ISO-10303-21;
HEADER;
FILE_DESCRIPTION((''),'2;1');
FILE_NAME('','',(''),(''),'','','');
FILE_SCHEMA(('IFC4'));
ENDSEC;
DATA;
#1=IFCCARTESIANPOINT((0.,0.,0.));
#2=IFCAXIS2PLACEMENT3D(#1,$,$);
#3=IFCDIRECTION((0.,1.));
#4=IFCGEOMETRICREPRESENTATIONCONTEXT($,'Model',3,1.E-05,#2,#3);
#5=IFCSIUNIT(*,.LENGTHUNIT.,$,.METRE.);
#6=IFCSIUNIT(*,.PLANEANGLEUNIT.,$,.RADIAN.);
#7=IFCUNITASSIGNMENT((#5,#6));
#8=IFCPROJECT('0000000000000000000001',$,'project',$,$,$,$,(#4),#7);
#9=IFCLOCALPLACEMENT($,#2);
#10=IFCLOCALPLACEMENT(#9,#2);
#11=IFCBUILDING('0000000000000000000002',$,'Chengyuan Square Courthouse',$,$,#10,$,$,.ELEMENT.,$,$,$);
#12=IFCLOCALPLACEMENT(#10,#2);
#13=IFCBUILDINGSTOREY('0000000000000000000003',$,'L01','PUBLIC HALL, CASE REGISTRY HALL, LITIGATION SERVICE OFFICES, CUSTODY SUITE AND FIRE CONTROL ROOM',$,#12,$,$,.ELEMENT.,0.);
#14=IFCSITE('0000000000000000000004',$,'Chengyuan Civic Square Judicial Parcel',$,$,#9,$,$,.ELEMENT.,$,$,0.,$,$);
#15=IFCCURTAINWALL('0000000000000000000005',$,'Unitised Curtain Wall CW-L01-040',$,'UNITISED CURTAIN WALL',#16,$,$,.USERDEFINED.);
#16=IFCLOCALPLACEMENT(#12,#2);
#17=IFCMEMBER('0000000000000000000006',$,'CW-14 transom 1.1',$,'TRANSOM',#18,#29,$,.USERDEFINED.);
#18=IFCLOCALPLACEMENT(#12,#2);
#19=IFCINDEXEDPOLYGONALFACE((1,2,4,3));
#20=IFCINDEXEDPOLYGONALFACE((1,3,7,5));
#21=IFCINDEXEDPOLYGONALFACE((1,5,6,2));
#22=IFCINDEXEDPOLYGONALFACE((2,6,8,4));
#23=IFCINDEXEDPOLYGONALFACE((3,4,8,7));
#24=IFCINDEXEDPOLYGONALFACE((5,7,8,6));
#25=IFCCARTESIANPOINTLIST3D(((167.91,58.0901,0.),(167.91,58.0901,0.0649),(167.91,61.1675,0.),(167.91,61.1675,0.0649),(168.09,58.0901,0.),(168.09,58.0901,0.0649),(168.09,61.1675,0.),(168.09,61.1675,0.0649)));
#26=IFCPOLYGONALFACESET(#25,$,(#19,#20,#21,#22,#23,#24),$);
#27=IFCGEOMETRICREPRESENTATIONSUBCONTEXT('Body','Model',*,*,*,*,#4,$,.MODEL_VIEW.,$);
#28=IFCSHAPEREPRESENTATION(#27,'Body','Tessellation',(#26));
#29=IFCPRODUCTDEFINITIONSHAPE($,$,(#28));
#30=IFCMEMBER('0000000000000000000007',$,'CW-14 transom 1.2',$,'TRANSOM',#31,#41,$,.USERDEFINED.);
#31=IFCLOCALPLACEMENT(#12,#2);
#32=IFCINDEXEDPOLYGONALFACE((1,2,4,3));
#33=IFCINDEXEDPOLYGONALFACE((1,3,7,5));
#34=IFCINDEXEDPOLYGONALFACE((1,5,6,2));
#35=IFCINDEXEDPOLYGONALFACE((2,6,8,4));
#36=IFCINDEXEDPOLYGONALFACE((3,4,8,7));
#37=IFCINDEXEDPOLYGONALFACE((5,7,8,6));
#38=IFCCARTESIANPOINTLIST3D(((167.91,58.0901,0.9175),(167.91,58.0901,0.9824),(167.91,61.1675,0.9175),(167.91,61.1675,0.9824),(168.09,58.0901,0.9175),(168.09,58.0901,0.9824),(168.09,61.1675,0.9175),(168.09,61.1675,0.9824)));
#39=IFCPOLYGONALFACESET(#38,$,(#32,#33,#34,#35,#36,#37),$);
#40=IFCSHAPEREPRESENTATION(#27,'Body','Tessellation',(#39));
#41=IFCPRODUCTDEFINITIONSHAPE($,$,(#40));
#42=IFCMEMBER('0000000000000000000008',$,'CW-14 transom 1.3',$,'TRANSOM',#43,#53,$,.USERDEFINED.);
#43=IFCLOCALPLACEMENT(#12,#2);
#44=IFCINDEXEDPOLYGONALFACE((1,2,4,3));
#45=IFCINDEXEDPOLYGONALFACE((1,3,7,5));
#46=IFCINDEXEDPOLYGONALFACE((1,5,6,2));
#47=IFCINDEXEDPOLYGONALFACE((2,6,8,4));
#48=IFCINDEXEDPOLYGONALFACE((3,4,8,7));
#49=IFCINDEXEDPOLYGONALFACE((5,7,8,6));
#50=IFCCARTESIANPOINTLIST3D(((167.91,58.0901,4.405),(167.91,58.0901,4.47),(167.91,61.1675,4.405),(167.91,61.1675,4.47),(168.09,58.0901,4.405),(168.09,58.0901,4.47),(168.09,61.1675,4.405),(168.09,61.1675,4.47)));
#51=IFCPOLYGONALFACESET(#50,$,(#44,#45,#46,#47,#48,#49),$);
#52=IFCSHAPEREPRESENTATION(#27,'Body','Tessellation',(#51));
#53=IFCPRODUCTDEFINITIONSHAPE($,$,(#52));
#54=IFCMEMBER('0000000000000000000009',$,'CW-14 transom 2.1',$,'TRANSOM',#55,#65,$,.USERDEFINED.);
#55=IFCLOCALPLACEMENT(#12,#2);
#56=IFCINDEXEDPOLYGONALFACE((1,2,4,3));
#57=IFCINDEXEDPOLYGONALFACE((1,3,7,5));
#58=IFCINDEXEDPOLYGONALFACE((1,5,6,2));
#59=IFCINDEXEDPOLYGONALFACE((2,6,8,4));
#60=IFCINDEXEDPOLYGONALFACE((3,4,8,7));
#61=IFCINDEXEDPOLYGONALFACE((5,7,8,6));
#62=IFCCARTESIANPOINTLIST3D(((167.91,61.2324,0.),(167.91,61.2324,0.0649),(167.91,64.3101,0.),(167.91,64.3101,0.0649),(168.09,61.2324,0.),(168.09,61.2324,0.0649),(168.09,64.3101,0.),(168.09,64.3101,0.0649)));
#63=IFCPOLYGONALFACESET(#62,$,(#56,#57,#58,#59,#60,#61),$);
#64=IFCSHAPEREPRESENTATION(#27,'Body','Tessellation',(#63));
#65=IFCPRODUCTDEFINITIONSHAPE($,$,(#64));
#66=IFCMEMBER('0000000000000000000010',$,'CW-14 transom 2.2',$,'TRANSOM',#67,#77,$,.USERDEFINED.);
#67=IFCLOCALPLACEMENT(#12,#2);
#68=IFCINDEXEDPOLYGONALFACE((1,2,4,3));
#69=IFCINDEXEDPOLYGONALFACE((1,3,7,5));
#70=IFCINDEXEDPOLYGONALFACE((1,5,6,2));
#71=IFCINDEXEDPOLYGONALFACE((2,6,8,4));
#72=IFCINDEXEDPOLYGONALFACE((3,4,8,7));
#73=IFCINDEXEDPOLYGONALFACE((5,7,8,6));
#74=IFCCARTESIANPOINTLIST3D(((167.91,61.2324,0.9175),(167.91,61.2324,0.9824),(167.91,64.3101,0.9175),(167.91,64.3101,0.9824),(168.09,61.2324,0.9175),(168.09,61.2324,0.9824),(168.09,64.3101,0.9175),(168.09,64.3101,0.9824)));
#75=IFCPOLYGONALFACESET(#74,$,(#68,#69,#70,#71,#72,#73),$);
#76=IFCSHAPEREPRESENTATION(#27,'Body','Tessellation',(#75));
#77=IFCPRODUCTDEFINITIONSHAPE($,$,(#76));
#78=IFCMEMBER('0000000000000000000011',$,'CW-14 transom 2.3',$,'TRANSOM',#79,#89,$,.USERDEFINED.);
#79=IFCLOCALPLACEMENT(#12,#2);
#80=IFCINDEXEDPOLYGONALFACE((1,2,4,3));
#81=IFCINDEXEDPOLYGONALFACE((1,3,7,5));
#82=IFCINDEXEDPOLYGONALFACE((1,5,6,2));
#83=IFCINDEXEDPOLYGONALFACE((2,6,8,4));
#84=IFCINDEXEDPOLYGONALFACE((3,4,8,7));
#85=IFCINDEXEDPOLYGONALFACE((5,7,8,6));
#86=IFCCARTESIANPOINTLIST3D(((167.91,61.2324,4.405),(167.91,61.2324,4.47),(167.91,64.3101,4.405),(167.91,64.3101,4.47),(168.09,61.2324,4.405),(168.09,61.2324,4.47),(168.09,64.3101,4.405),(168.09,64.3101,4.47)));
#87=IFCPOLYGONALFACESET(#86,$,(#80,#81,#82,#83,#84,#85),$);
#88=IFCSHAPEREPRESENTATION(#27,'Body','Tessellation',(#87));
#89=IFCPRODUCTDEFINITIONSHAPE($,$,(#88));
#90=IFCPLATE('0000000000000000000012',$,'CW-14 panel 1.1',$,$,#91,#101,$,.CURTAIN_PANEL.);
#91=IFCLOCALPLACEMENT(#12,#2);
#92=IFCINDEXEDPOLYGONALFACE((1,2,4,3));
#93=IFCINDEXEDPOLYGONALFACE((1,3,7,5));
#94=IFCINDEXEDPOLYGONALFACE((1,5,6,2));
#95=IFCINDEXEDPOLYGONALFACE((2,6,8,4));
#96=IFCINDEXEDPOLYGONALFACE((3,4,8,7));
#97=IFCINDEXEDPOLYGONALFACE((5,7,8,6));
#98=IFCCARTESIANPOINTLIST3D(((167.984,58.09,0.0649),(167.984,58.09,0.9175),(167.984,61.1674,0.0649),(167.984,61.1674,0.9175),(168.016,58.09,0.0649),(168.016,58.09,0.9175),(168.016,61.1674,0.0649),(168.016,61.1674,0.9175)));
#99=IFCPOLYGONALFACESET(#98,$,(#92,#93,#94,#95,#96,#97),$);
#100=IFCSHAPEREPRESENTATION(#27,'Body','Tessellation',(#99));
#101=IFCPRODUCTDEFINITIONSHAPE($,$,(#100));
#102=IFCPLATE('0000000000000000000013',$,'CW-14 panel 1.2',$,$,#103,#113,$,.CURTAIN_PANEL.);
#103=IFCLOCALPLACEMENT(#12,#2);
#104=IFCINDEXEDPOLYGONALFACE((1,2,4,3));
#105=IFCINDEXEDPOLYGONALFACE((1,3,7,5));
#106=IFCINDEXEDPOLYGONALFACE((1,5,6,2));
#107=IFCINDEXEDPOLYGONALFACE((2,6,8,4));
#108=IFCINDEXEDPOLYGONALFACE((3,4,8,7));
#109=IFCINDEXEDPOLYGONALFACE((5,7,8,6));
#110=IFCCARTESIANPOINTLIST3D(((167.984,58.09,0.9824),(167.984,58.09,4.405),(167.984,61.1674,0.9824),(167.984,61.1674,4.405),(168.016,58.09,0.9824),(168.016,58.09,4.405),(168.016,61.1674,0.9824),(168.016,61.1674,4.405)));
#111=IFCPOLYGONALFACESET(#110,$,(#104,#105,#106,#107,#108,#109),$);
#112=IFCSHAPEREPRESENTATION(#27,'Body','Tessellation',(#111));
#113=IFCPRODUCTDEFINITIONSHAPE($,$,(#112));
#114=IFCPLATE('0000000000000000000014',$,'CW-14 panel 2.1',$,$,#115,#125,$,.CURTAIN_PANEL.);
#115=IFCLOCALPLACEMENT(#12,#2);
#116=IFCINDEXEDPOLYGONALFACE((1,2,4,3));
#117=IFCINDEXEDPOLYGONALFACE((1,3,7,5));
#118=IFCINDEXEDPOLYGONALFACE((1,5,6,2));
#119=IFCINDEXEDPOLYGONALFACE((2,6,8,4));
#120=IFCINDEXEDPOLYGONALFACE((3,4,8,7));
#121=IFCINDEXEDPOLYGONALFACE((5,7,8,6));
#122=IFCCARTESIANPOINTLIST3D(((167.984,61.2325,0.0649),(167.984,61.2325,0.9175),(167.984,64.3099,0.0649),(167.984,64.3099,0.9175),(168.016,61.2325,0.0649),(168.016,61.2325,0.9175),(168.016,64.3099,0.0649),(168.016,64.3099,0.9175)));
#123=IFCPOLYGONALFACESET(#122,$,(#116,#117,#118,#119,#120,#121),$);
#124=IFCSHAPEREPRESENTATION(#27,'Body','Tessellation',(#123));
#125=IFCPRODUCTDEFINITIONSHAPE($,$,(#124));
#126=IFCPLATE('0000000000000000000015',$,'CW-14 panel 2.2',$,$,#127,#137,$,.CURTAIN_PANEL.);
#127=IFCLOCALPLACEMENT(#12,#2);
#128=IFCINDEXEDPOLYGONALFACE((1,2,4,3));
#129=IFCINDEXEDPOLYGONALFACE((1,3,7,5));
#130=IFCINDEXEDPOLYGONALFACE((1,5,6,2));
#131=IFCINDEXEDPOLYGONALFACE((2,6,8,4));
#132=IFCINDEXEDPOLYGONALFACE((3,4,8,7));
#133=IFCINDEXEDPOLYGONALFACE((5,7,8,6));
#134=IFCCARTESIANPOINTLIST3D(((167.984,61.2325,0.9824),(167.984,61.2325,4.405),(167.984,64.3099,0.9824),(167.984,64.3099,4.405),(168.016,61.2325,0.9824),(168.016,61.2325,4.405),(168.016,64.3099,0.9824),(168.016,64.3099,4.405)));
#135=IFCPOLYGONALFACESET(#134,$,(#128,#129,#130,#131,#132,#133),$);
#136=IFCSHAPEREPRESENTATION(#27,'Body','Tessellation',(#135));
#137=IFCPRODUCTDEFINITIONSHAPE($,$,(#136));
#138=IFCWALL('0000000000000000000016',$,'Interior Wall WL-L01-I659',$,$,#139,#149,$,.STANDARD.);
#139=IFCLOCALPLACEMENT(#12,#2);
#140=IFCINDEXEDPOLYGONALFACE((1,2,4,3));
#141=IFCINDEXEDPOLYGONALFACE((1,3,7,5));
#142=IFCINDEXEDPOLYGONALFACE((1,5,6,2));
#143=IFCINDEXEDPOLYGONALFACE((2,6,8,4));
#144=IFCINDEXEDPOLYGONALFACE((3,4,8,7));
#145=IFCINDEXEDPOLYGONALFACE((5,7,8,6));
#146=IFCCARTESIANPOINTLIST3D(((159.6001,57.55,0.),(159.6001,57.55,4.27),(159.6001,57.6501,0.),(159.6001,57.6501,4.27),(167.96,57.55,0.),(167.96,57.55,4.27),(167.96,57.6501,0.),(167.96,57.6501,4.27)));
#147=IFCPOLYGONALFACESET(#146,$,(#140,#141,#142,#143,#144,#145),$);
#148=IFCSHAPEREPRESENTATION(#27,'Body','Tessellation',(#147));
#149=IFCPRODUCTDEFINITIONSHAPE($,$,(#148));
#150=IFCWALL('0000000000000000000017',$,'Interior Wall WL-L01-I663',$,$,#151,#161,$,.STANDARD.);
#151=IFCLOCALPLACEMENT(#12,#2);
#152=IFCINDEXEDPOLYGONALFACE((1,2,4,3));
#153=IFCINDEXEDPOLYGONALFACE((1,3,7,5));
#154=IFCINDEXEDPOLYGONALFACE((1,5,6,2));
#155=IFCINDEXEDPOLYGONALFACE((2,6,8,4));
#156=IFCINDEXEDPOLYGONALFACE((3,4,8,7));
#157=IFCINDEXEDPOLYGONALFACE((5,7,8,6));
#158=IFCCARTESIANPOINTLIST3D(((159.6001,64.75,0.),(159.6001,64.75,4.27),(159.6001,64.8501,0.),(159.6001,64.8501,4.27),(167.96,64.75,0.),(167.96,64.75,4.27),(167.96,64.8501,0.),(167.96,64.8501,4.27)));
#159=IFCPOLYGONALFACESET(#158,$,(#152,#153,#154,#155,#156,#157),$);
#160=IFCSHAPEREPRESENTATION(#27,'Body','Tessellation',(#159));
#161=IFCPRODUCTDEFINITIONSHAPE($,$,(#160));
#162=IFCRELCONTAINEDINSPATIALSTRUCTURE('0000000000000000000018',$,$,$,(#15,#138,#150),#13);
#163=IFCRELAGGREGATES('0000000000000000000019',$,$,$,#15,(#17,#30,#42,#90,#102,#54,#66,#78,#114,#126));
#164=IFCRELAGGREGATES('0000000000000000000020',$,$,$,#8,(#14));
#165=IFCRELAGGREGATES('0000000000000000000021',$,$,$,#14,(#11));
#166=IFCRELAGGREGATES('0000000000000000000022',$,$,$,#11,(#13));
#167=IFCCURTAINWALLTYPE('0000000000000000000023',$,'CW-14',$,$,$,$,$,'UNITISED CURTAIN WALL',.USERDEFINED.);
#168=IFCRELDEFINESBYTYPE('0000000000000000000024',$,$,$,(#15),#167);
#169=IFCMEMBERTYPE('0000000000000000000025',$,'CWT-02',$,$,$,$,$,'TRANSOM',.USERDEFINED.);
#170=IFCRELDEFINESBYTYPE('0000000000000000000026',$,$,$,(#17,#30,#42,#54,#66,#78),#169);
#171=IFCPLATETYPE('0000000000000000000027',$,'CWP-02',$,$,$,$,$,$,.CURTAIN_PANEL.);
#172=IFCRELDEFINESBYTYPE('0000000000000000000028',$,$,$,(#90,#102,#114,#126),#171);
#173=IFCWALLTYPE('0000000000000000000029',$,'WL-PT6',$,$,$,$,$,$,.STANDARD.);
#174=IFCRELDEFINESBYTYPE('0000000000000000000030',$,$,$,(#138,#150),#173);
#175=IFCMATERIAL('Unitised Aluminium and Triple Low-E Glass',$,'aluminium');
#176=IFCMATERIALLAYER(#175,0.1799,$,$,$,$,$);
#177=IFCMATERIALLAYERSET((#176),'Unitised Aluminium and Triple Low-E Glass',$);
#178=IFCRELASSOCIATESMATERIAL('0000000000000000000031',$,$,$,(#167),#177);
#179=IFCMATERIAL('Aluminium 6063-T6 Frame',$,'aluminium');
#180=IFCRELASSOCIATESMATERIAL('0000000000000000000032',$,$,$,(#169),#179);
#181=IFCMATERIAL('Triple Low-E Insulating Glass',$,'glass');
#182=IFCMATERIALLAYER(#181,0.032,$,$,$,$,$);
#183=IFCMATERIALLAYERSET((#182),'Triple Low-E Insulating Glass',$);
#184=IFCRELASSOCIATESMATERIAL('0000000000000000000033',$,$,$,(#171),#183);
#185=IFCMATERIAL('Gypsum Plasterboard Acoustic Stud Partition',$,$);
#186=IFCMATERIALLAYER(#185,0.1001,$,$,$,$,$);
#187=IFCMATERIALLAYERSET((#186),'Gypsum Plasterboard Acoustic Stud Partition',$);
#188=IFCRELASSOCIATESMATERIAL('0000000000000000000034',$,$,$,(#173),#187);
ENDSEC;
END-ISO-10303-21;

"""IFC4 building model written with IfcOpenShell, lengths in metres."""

from ifc_helpers import new_model, si_unit, direction, frame, frame_2d, origin, origin_2d, place, context, subcontext, project, spatial, rectangle, extrude, material, layer, layer_set, material_profile, profile_set, type_object, element, aggregate, save


model = new_model("IFC4")

# Units and contexts
model_context = context("Model", 3, precision=1e-05, world=origin(), true_north=direction((0.0, 1.0)))
body_context = subcontext(model_context, "Body", "Model", "MODEL_VIEW")
ifc_project = project(units=[si_unit("LENGTHUNIT", "METRE"), si_unit("PLANEANGLEUNIT", "RADIAN")], contexts=[model_context])

# Site, building, storey
site_placement = place(None, origin())
site = spatial("IfcSite", under=ifc_project, at=site_placement, Name="Chengyuan Civic Square Judicial Parcel", CompositionType="ELEMENT", RefElevation=0.0)
building_placement = place(site_placement, origin())
building = spatial("IfcBuilding", under=site, at=building_placement, Name="Chengyuan Square Courthouse", CompositionType="ELEMENT")
storey_placement = place(building_placement, origin())
storey = spatial("IfcBuildingStorey", under=building, at=storey_placement, Name="L01", Description="PUBLIC HALL, CASE REGISTRY HALL, LITIGATION SERVICE OFFICES, CUSTODY SUITE AND FIRE CONTROL ROOM", CompositionType="ELEMENT", Elevation=0.0)

# Curtain wall, members, plates
ifc_material_1 = material(Name="Unitised Aluminium and Triple Low-E Glass", Category="aluminium")
ifc_layer_1 = layer(ifc_material_1, 0.1799)
ifc_layer_set_1 = layer_set([ifc_layer_1], Name="Unitised Aluminium and Triple Low-E Glass")
curtain_wall_type = type_object("IfcCurtainWallType", Name="CW-14", ElementType="UNITISED CURTAIN WALL", PredefinedType="USERDEFINED", material=ifc_layer_set_1)
curtain_wall_placement = place(storey_placement, origin())
curtain_wall = element("IfcCurtainWall", 1, at=curtain_wall_placement, inside=storey, type_object=curtain_wall_type, Name="Unitised Curtain Wall CW-L01-040", ObjectType="UNITISED CURTAIN WALL", PredefinedType="USERDEFINED")
ifc_material_2 = material(Name="Aluminium 6063-T6 Frame", Category="aluminium")
ifc_material_profile_1 = material_profile(ifc_material_2, rectangle(XDim=0.1799, YDim=0.0649, at=origin_2d()), Name="CW-TRN-65x140")
ifc_profile_set_1 = profile_set([ifc_material_profile_1], Name="Aluminium 6063-T6 Frame")
member_type_1 = type_object("IfcMemberType", Name="CWT-02", ElementType="TRANSOM", PredefinedType="USERDEFINED", material=ifc_profile_set_1)
member_1_placement = place(storey_placement, frame((168.0, 58.0901, 0.0325), z_axis=(0.0, 1.0, 0.0), x_axis=(-1.0, 0.0, 0.0)))
member_1 = element("IfcMember", 2, at=member_1_placement, type_object=member_type_1, Name="CW-14 transom 1.1", ObjectType="TRANSOM", PredefinedType="USERDEFINED", context=body_context, shape_type="SweptSolid", body=[
    extrude(rectangle(XDim=0.1799, YDim=0.0649, at=origin_2d()), origin(), (0.0, 0.0, 1.0), 3.0774),
])
member_2_placement = place(storey_placement, frame((168.0, 58.0901, 0.95), z_axis=(0.0, 1.0, 0.0), x_axis=(-1.0, 0.0, 0.0)))
member_2 = element("IfcMember", 3, at=member_2_placement, type_object=member_type_1, Name="CW-14 transom 1.2", ObjectType="TRANSOM", PredefinedType="USERDEFINED", context=body_context, shape_type="SweptSolid", body=[
    extrude(rectangle(XDim=0.1799, YDim=0.0649, at=origin_2d()), origin(), (0.0, 0.0, 1.0), 3.0774),
])
member_3_placement = place(storey_placement, frame((168.0, 58.0901, 4.4375), z_axis=(0.0, 1.0, 0.0), x_axis=(-1.0, 0.0, 0.0)))
member_3 = element("IfcMember", 4, at=member_3_placement, type_object=member_type_1, Name="CW-14 transom 1.3", ObjectType="TRANSOM", PredefinedType="USERDEFINED", context=body_context, shape_type="SweptSolid", body=[
    extrude(rectangle(XDim=0.1799, YDim=0.0649, at=origin_2d()), origin(), (0.0, 0.0, 1.0), 3.0774),
])
member_4_placement = place(storey_placement, frame((168.0, 61.2324, 0.0325), z_axis=(0.0, 1.0, 0.0), x_axis=(-1.0, 0.0, 0.0)))
member_4 = element("IfcMember", 5, at=member_4_placement, type_object=member_type_1, Name="CW-14 transom 2.1", ObjectType="TRANSOM", PredefinedType="USERDEFINED", context=body_context, shape_type="SweptSolid", body=[
    extrude(rectangle(XDim=0.1799, YDim=0.0649, at=origin_2d()), origin(), (0.0, 0.0, 1.0), 3.0776),
])
member_5_placement = place(storey_placement, frame((168.0, 61.2324, 0.95), z_axis=(0.0, 1.0, 0.0), x_axis=(-1.0, 0.0, 0.0)))
member_5 = element("IfcMember", 6, at=member_5_placement, type_object=member_type_1, Name="CW-14 transom 2.2", ObjectType="TRANSOM", PredefinedType="USERDEFINED", context=body_context, shape_type="SweptSolid", body=[
    extrude(rectangle(XDim=0.1799, YDim=0.0649, at=origin_2d()), origin(), (0.0, 0.0, 1.0), 3.0776),
])
member_6_placement = place(storey_placement, frame((168.0, 61.2324, 4.4375), z_axis=(0.0, 1.0, 0.0), x_axis=(-1.0, 0.0, 0.0)))
member_6 = element("IfcMember", 7, at=member_6_placement, type_object=member_type_1, Name="CW-14 transom 2.3", ObjectType="TRANSOM", PredefinedType="USERDEFINED", context=body_context, shape_type="SweptSolid", body=[
    extrude(rectangle(XDim=0.1799, YDim=0.0649, at=origin_2d()), origin(), (0.0, 0.0, 1.0), 3.0776),
])
ifc_material_3 = material(Name="Triple Low-E Insulating Glass", Category="glass")
ifc_layer_2 = layer(ifc_material_3, 0.032)
ifc_layer_set_2 = layer_set([ifc_layer_2], Name="Triple Low-E Insulating Glass")
plate_type = type_object("IfcPlateType", Name="CWP-02", PredefinedType="CURTAIN_PANEL", material=ifc_layer_set_2)
plate_1_placement = place(storey_placement, frame((168.0, 59.6287, 0.0649), z_axis=(0.0, 0.0, 1.0), x_axis=(0.0, 1.0, 0.0)))
plate_1 = element("IfcPlate", 8, at=plate_1_placement, type_object=plate_type, Name="CW-14 panel 1.1", PredefinedType="CURTAIN_PANEL", context=body_context, shape_type="SweptSolid", body=[
    extrude(rectangle(XDim=3.0774, YDim=0.032, at=origin_2d()), origin(), (0.0, 0.0, 1.0), 0.8525),
])
plate_2_placement = place(storey_placement, frame((168.0, 59.6287, 0.9824), z_axis=(0.0, 0.0, 1.0), x_axis=(0.0, 1.0, 0.0)))
plate_2 = element("IfcPlate", 9, at=plate_2_placement, type_object=plate_type, Name="CW-14 panel 1.2", PredefinedType="CURTAIN_PANEL", context=body_context, shape_type="SweptSolid", body=[
    extrude(rectangle(XDim=3.0774, YDim=0.032, at=origin_2d()), origin(), (0.0, 0.0, 1.0), 3.4226),
])
plate_3_placement = place(storey_placement, frame((168.0, 62.7712, 0.0649), z_axis=(0.0, 0.0, 1.0), x_axis=(0.0, 1.0, 0.0)))
plate_3 = element("IfcPlate", 10, at=plate_3_placement, type_object=plate_type, Name="CW-14 panel 2.1", PredefinedType="CURTAIN_PANEL", context=body_context, shape_type="SweptSolid", body=[
    extrude(rectangle(XDim=3.0774, YDim=0.032, at=origin_2d()), origin(), (0.0, 0.0, 1.0), 0.8525),
])
plate_4_placement = place(storey_placement, frame((168.0, 62.7712, 0.9824), z_axis=(0.0, 0.0, 1.0), x_axis=(0.0, 1.0, 0.0)))
plate_4 = element("IfcPlate", 11, at=plate_4_placement, type_object=plate_type, Name="CW-14 panel 2.2", PredefinedType="CURTAIN_PANEL", context=body_context, shape_type="SweptSolid", body=[
    extrude(rectangle(XDim=3.0774, YDim=0.032, at=origin_2d()), origin(), (0.0, 0.0, 1.0), 3.4226),
])
aggregate(curtain_wall, [member_1, member_2, member_3, plate_1, plate_2, member_4, member_5, member_6, plate_3, plate_4])

# Walls
ifc_material_4 = material(Name="Gypsum Plasterboard Acoustic Stud Partition")
ifc_layer_3 = layer(ifc_material_4, 0.1001)
ifc_layer_set_3 = layer_set([ifc_layer_3], Name="Gypsum Plasterboard Acoustic Stud Partition")
wall_type = type_object("IfcWallType", Name="WL-PT6", PredefinedType="STANDARD", material=ifc_layer_set_3)
for number, where, z_axis, x_axis, name in (
    (12, (159.6001, 57.6001, 0.0), (0.0, 0.0, 1.0), (1.0, 0.0, 0.0), "Interior Wall WL-L01-I659"),
    (13, (159.6001, 64.8, 0.0), (0.0, 0.0, 1.0), (1.0, 0.0, 0.0), "Interior Wall WL-L01-I663"),
):
    element("IfcWall", number, at=place(storey_placement, frame(where, z_axis=z_axis, x_axis=x_axis)), inside=storey, type_object=wall_type, Name=name, PredefinedType="STANDARD", context=body_context, shape_type="SweptSolid", body=[
        extrude(rectangle(XDim=8.3599, YDim=0.1001, at=frame_2d((4.1799, 0.0))), origin(), (0.0, 0.0, 1.0), 4.27),
    ])

save(model, "model.ifc")
